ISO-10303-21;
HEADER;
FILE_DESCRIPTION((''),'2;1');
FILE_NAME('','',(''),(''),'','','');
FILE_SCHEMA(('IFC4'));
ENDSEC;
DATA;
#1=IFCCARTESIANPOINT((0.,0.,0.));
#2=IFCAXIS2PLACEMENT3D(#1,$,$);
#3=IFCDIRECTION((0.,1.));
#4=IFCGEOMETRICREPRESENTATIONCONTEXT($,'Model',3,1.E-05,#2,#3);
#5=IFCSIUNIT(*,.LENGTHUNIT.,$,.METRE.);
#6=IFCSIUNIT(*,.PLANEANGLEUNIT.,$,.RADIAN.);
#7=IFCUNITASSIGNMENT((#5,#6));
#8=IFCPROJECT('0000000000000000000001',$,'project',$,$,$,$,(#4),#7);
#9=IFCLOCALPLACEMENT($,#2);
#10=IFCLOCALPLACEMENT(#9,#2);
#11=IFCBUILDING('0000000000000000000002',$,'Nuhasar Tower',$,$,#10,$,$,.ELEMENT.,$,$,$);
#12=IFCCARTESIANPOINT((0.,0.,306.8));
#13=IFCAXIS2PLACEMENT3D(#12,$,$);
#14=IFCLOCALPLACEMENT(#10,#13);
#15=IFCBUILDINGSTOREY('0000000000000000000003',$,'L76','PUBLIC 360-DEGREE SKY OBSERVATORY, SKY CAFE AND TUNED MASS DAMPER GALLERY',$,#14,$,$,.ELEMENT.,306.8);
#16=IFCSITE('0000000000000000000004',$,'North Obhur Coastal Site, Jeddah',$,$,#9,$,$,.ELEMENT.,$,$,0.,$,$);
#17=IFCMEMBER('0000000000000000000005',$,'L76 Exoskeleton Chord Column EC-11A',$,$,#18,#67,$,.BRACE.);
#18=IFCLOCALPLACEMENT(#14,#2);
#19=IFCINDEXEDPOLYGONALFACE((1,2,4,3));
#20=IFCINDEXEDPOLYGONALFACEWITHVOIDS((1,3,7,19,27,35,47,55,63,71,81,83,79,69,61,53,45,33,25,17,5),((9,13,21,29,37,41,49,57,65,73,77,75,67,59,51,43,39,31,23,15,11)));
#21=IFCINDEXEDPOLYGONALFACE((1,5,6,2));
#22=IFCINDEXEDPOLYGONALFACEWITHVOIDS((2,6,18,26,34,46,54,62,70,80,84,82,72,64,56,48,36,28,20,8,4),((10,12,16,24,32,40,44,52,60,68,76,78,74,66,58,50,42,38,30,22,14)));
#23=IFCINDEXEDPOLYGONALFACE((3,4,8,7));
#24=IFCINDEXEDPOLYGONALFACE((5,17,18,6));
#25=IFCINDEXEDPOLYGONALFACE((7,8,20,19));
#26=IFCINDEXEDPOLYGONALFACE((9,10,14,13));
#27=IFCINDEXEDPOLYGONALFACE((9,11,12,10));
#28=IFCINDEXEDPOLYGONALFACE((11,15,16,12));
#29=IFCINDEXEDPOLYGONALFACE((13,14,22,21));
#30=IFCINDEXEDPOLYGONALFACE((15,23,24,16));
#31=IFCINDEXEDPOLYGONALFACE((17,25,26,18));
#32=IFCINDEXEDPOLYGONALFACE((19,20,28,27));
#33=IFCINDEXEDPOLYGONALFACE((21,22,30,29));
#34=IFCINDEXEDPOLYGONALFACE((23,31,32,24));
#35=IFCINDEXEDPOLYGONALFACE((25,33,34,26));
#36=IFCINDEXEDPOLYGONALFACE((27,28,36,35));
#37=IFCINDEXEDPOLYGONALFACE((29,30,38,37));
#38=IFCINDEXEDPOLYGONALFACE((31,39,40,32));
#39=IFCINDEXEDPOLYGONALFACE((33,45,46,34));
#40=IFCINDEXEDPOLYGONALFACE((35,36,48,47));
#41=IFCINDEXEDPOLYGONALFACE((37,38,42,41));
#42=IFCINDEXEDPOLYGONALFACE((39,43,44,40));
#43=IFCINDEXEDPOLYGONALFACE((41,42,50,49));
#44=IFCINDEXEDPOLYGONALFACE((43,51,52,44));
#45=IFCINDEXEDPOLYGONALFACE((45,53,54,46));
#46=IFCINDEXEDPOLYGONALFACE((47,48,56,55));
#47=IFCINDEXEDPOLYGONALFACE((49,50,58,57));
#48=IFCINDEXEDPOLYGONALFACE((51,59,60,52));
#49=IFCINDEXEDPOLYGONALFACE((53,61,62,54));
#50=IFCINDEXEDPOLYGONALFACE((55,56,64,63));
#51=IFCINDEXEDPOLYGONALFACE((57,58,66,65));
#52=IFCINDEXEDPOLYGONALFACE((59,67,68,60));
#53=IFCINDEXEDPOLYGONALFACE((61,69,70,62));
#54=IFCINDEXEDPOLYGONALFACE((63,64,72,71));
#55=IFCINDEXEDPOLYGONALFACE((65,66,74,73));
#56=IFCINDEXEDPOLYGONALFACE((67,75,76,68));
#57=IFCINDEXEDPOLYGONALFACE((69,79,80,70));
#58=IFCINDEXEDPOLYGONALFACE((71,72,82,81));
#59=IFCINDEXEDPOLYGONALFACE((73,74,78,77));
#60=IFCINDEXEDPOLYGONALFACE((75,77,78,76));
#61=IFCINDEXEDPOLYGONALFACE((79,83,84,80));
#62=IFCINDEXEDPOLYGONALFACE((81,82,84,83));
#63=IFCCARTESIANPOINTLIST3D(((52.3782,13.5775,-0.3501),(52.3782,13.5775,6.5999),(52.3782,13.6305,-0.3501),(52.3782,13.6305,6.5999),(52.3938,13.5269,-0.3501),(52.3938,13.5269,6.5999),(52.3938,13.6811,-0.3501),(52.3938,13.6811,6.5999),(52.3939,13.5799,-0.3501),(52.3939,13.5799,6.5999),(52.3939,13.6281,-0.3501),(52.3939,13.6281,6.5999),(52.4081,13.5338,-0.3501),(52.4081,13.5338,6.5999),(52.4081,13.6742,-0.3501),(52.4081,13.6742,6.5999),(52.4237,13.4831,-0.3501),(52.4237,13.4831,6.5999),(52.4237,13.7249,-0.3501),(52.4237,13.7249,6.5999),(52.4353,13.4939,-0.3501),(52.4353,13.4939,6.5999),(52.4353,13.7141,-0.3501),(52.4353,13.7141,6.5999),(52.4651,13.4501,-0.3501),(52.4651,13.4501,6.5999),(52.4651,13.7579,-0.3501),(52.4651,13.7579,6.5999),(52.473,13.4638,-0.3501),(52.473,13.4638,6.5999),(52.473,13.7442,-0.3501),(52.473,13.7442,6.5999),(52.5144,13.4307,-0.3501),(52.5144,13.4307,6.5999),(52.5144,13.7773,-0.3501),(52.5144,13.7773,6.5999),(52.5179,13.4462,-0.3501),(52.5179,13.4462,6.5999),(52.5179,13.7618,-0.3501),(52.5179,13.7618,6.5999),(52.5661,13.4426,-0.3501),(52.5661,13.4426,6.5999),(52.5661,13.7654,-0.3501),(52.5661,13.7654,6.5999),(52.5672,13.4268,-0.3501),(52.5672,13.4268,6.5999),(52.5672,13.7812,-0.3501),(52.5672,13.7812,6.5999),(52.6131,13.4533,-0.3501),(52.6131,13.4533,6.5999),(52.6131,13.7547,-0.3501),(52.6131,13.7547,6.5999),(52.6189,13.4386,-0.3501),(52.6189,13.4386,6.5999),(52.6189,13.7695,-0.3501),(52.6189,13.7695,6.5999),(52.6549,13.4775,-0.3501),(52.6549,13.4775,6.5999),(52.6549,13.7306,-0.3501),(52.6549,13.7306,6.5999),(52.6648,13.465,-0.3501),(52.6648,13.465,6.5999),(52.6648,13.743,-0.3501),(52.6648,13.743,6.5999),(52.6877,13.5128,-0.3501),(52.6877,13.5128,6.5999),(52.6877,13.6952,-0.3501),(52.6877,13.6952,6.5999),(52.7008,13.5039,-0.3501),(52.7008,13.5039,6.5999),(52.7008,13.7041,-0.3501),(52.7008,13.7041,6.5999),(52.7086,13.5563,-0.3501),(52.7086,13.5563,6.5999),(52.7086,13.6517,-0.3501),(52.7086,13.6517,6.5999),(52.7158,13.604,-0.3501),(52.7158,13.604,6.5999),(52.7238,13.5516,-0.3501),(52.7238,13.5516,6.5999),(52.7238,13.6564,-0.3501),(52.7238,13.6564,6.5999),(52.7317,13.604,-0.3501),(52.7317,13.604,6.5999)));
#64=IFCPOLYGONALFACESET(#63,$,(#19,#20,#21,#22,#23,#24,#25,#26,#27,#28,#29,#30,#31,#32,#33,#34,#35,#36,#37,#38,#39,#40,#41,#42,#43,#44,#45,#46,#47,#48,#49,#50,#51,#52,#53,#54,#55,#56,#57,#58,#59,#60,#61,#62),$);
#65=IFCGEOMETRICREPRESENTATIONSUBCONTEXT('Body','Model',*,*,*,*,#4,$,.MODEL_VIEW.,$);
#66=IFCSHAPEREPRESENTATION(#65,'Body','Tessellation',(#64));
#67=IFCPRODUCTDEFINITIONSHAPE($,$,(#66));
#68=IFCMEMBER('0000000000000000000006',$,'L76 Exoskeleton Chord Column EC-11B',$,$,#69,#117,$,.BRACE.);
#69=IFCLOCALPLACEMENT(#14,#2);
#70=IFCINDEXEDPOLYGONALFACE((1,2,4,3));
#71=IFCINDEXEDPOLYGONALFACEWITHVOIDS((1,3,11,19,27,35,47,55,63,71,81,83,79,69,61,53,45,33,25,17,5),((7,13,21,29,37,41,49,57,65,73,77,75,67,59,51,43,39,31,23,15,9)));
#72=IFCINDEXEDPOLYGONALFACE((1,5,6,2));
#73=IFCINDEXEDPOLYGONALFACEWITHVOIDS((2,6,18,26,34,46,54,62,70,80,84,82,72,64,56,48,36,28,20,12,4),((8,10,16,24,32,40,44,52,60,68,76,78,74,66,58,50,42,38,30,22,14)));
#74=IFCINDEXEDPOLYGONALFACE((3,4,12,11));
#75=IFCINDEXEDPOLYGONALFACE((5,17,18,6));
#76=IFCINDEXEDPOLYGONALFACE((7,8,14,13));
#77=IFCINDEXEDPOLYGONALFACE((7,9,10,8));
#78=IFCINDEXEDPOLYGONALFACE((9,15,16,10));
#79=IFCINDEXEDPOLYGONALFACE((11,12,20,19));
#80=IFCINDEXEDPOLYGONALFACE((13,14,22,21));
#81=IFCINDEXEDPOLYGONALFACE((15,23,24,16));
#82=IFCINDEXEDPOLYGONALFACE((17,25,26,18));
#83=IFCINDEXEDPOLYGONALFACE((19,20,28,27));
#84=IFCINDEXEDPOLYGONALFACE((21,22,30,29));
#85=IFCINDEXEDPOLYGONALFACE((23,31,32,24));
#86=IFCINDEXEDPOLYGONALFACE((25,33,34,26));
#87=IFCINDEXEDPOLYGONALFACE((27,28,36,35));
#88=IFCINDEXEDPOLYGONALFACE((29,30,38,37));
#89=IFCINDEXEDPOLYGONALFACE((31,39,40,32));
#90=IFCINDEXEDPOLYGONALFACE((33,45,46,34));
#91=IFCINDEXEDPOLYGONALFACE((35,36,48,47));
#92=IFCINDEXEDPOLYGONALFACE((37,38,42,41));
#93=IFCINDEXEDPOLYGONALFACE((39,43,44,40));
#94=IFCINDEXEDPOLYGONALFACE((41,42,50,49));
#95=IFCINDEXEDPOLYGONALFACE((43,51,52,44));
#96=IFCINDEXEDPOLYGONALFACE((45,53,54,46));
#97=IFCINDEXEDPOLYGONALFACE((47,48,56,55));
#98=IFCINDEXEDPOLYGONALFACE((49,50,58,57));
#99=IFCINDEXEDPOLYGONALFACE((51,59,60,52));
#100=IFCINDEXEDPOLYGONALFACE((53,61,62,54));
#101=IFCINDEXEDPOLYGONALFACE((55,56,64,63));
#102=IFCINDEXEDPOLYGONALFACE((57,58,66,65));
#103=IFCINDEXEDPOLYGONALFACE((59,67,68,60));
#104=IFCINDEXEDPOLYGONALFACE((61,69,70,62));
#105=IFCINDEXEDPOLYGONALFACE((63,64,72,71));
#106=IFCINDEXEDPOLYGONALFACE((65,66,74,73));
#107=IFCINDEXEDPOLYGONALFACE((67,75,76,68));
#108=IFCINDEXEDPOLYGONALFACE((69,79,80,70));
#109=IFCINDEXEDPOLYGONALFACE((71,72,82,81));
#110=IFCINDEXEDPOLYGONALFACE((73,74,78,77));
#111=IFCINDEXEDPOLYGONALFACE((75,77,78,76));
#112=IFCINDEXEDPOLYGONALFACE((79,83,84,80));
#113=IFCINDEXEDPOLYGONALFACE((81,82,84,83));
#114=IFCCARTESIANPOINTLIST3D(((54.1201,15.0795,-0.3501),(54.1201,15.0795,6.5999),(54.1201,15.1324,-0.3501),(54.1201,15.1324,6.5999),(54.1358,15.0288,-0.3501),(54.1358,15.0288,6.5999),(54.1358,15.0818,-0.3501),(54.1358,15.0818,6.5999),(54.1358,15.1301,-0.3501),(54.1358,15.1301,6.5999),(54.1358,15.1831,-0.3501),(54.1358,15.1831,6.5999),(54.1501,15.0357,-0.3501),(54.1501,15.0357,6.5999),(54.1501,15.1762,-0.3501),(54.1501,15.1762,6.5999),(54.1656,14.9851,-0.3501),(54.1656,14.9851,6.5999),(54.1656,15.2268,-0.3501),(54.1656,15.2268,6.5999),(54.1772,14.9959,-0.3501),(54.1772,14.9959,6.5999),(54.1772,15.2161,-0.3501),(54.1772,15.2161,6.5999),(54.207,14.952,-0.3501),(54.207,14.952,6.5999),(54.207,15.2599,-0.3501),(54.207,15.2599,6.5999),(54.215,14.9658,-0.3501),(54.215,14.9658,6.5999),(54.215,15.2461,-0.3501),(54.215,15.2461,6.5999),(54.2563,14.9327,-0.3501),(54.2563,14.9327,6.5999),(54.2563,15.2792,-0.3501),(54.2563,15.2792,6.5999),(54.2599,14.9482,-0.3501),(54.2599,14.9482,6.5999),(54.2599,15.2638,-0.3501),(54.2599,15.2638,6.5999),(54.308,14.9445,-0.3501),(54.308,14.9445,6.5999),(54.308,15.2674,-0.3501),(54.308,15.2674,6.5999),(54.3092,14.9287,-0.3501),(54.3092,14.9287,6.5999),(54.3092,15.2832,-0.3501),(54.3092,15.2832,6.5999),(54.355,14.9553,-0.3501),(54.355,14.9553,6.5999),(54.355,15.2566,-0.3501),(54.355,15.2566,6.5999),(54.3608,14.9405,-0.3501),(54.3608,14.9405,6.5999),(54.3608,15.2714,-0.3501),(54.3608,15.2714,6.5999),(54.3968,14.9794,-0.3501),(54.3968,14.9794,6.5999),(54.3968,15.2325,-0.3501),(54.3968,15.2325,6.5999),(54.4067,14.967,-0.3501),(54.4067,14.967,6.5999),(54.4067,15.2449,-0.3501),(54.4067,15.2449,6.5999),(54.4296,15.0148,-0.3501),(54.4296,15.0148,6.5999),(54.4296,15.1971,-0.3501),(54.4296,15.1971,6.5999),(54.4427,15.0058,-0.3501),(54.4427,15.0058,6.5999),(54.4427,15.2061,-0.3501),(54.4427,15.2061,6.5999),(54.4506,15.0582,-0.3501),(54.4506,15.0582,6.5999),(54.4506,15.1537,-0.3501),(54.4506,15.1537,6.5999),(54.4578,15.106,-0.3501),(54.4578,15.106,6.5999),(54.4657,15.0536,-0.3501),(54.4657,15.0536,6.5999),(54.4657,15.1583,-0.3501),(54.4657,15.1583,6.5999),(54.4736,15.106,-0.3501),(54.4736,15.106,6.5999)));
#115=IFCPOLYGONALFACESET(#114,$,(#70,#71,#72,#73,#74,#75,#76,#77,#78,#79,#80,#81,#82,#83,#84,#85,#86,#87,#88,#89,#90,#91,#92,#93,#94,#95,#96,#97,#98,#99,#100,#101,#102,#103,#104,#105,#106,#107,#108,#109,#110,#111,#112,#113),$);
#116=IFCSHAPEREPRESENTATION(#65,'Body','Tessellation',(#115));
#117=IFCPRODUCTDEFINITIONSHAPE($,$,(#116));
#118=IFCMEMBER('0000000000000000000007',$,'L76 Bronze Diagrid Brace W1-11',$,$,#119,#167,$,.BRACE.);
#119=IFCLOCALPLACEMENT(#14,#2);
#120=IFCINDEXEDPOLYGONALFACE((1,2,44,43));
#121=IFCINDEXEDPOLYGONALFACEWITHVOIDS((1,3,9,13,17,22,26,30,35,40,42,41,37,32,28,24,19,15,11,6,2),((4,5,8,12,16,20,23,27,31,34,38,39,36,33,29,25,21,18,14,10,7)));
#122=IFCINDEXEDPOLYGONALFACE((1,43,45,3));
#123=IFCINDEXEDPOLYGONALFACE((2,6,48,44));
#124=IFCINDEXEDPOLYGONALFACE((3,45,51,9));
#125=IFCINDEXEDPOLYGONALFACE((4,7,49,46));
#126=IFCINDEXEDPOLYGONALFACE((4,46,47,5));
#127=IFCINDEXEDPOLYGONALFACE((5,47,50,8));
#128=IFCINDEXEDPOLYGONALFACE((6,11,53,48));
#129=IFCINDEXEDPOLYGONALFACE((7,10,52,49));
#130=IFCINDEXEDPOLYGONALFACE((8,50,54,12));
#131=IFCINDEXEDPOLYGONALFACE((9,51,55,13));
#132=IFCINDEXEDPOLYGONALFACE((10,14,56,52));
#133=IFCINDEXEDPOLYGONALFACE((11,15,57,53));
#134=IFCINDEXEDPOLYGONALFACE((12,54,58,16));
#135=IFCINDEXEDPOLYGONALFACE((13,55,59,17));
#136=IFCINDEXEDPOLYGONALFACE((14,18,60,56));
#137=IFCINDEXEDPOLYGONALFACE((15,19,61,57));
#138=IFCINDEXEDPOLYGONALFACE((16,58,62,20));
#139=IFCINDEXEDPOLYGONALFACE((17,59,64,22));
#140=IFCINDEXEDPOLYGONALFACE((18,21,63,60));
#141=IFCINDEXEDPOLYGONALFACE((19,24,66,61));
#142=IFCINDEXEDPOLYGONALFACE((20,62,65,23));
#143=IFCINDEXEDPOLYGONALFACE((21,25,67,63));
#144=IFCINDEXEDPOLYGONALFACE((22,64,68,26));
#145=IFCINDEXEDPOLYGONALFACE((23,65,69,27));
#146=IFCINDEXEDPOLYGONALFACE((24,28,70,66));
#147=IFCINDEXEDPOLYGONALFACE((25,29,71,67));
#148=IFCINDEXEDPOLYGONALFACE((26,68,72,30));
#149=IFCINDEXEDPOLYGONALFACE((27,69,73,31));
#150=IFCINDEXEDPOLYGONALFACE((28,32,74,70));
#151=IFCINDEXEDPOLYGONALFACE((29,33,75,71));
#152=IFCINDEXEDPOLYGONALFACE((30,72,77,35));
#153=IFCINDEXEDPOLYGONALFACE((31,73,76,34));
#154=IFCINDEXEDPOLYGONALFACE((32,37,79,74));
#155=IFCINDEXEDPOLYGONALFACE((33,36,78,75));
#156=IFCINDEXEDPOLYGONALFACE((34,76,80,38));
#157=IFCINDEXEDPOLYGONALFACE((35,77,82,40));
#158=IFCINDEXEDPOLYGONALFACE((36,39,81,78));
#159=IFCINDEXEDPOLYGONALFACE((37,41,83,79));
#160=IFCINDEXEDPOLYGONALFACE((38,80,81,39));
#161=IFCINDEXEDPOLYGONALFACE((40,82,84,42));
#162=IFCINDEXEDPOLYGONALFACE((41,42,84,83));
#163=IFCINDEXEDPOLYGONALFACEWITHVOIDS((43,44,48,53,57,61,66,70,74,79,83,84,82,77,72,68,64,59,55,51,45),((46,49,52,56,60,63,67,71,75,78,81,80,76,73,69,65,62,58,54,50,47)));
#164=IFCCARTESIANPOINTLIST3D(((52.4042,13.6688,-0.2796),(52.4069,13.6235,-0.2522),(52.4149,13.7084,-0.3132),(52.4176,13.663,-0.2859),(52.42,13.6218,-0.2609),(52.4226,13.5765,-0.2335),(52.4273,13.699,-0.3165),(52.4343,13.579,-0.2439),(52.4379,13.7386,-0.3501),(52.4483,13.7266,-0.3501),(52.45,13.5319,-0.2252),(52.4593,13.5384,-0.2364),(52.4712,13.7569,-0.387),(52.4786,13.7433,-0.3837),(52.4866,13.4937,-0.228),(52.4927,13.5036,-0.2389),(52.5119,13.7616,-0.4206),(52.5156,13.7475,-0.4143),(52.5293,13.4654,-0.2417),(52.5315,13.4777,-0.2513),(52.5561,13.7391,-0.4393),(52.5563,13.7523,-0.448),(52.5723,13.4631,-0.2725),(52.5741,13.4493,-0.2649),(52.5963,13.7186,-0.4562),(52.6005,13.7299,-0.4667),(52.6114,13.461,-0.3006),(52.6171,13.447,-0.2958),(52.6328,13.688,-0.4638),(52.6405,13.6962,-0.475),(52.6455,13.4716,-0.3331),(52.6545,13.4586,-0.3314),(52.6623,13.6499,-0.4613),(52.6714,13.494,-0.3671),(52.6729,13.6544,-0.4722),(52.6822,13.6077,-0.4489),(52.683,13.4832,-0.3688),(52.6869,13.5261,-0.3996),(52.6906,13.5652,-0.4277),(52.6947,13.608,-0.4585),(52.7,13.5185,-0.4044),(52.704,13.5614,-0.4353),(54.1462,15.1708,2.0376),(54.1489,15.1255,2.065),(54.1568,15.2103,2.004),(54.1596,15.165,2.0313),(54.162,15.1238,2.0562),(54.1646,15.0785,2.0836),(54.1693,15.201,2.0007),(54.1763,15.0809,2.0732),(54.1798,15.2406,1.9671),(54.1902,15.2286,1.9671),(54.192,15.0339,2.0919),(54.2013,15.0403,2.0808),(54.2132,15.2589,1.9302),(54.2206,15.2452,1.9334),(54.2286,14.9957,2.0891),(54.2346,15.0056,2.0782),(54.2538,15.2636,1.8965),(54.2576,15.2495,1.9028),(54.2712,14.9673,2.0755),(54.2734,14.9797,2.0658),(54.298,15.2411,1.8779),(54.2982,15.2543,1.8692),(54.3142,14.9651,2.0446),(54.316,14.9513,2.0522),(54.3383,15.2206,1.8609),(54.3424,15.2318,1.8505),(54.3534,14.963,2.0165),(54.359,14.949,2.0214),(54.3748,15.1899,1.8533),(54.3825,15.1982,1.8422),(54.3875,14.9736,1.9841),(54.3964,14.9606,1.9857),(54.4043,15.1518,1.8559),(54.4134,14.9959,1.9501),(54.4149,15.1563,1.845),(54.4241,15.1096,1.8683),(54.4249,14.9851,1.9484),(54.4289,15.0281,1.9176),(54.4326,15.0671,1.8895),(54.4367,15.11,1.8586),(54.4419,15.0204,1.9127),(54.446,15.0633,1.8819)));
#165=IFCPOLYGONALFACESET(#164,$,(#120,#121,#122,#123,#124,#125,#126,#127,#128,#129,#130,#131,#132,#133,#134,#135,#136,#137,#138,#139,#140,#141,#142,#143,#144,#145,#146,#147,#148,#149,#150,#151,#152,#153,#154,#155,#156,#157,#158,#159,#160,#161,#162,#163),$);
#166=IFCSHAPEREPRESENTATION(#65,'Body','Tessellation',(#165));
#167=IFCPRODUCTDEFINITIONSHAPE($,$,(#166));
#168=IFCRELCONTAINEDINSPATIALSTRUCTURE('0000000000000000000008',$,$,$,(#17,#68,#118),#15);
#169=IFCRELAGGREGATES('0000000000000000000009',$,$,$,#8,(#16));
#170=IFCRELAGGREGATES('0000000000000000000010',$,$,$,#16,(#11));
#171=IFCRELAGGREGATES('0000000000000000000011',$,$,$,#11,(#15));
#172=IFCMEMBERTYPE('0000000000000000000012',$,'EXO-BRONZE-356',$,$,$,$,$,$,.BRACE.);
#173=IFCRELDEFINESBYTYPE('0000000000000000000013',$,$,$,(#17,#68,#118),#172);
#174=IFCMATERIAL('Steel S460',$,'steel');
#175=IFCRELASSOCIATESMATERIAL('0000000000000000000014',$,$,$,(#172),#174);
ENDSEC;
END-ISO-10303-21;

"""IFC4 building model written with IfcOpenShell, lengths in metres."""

from ifc_helpers import new_model, si_unit, direction, frame, origin, origin_2d, place, context, subcontext, project, spatial, hollow_circle, extrude, material, material_profile, profile_set, type_object, element, save


model = new_model("IFC4")

# Units and contexts
model_context = context("Model", 3, precision=1e-05, world=origin(), true_north=direction((0.0, 1.0)))
body_context = subcontext(model_context, "Body", "Model", "MODEL_VIEW")
ifc_project = project(units=[si_unit("LENGTHUNIT", "METRE"), si_unit("PLANEANGLEUNIT", "RADIAN")], contexts=[model_context])

# Site, building, storey
site_placement = place(None, origin())
site = spatial("IfcSite", under=ifc_project, at=site_placement, Name="North Obhur Coastal Site, Jeddah", CompositionType="ELEMENT", RefElevation=0.0)
building_placement = place(site_placement, origin())
building = spatial("IfcBuilding", under=site, at=building_placement, Name="Nuhasar Tower", CompositionType="ELEMENT")
storey_placement = place(building_placement, frame((0.0, 0.0, 306.8)))
storey = spatial("IfcBuildingStorey", under=building, at=storey_placement, Name="L76", Description="PUBLIC 360-DEGREE SKY OBSERVATORY, SKY CAFE AND TUNED MASS DAMPER GALLERY", CompositionType="ELEMENT", Elevation=306.8)

# Shared definitions
ifc_material_1 = material(Name="Steel S460", Category="steel")

# Members
ifc_material_profile_1 = material_profile(ifc_material_1, hollow_circle(Radius=0.1777, WallThickness=0.0159, at=origin_2d()), Name="HSS355.6X15.9")
ifc_profile_set_1 = profile_set([ifc_material_profile_1], Name="Steel S460")
member_type_1 = type_object("IfcMemberType", Name="EXO-BRONZE-356", PredefinedType="BRACE", material=ifc_profile_set_1)
for number, where, z_axis, x_axis, name in (
    (1, (52.554, 13.604, -0.3501), (0.0, 0.0, 1.0), (1.0, 0.0, 0.0), "L76 Exoskeleton Chord Column EC-11A"),
    (2, (54.2959, 15.106, -0.3501), (0.0, 0.0, 1.0), (1.0, 0.0, 0.0), "L76 Exoskeleton Chord Column EC-11B"),
):
    element("IfcMember", number, at=place(storey_placement, frame(where, z_axis=z_axis, x_axis=x_axis)), inside=storey, type_object=member_type_1, Name=name, PredefinedType="BRACE", context=body_context, shape_type="SweptSolid", body=[
        extrude(hollow_circle(Radius=0.1777, WallThickness=0.0159, at=origin_2d()), origin(), (0.0, 0.0, 1.0), 6.95),
    ])
member_1_placement = place(storey_placement, frame((52.554, 13.604, -0.3501), z_axis=(0.533542, 0.460035, 0.709719), x_axis=(-0.653009, 0.75735, 0.0)))
element("IfcMember", 3, at=member_1_placement, inside=storey, type_object=member_type_1, Name="L76 Bronze Diagrid Brace W1-11", PredefinedType="BRACE", context=body_context, shape_type="SweptSolid", body=[
    extrude(hollow_circle(Radius=0.1777, WallThickness=0.0159, at=origin_2d()), origin(), (0.0, 0.0, 1.0), 3.2649),
])

save(model, "model.ifc")
